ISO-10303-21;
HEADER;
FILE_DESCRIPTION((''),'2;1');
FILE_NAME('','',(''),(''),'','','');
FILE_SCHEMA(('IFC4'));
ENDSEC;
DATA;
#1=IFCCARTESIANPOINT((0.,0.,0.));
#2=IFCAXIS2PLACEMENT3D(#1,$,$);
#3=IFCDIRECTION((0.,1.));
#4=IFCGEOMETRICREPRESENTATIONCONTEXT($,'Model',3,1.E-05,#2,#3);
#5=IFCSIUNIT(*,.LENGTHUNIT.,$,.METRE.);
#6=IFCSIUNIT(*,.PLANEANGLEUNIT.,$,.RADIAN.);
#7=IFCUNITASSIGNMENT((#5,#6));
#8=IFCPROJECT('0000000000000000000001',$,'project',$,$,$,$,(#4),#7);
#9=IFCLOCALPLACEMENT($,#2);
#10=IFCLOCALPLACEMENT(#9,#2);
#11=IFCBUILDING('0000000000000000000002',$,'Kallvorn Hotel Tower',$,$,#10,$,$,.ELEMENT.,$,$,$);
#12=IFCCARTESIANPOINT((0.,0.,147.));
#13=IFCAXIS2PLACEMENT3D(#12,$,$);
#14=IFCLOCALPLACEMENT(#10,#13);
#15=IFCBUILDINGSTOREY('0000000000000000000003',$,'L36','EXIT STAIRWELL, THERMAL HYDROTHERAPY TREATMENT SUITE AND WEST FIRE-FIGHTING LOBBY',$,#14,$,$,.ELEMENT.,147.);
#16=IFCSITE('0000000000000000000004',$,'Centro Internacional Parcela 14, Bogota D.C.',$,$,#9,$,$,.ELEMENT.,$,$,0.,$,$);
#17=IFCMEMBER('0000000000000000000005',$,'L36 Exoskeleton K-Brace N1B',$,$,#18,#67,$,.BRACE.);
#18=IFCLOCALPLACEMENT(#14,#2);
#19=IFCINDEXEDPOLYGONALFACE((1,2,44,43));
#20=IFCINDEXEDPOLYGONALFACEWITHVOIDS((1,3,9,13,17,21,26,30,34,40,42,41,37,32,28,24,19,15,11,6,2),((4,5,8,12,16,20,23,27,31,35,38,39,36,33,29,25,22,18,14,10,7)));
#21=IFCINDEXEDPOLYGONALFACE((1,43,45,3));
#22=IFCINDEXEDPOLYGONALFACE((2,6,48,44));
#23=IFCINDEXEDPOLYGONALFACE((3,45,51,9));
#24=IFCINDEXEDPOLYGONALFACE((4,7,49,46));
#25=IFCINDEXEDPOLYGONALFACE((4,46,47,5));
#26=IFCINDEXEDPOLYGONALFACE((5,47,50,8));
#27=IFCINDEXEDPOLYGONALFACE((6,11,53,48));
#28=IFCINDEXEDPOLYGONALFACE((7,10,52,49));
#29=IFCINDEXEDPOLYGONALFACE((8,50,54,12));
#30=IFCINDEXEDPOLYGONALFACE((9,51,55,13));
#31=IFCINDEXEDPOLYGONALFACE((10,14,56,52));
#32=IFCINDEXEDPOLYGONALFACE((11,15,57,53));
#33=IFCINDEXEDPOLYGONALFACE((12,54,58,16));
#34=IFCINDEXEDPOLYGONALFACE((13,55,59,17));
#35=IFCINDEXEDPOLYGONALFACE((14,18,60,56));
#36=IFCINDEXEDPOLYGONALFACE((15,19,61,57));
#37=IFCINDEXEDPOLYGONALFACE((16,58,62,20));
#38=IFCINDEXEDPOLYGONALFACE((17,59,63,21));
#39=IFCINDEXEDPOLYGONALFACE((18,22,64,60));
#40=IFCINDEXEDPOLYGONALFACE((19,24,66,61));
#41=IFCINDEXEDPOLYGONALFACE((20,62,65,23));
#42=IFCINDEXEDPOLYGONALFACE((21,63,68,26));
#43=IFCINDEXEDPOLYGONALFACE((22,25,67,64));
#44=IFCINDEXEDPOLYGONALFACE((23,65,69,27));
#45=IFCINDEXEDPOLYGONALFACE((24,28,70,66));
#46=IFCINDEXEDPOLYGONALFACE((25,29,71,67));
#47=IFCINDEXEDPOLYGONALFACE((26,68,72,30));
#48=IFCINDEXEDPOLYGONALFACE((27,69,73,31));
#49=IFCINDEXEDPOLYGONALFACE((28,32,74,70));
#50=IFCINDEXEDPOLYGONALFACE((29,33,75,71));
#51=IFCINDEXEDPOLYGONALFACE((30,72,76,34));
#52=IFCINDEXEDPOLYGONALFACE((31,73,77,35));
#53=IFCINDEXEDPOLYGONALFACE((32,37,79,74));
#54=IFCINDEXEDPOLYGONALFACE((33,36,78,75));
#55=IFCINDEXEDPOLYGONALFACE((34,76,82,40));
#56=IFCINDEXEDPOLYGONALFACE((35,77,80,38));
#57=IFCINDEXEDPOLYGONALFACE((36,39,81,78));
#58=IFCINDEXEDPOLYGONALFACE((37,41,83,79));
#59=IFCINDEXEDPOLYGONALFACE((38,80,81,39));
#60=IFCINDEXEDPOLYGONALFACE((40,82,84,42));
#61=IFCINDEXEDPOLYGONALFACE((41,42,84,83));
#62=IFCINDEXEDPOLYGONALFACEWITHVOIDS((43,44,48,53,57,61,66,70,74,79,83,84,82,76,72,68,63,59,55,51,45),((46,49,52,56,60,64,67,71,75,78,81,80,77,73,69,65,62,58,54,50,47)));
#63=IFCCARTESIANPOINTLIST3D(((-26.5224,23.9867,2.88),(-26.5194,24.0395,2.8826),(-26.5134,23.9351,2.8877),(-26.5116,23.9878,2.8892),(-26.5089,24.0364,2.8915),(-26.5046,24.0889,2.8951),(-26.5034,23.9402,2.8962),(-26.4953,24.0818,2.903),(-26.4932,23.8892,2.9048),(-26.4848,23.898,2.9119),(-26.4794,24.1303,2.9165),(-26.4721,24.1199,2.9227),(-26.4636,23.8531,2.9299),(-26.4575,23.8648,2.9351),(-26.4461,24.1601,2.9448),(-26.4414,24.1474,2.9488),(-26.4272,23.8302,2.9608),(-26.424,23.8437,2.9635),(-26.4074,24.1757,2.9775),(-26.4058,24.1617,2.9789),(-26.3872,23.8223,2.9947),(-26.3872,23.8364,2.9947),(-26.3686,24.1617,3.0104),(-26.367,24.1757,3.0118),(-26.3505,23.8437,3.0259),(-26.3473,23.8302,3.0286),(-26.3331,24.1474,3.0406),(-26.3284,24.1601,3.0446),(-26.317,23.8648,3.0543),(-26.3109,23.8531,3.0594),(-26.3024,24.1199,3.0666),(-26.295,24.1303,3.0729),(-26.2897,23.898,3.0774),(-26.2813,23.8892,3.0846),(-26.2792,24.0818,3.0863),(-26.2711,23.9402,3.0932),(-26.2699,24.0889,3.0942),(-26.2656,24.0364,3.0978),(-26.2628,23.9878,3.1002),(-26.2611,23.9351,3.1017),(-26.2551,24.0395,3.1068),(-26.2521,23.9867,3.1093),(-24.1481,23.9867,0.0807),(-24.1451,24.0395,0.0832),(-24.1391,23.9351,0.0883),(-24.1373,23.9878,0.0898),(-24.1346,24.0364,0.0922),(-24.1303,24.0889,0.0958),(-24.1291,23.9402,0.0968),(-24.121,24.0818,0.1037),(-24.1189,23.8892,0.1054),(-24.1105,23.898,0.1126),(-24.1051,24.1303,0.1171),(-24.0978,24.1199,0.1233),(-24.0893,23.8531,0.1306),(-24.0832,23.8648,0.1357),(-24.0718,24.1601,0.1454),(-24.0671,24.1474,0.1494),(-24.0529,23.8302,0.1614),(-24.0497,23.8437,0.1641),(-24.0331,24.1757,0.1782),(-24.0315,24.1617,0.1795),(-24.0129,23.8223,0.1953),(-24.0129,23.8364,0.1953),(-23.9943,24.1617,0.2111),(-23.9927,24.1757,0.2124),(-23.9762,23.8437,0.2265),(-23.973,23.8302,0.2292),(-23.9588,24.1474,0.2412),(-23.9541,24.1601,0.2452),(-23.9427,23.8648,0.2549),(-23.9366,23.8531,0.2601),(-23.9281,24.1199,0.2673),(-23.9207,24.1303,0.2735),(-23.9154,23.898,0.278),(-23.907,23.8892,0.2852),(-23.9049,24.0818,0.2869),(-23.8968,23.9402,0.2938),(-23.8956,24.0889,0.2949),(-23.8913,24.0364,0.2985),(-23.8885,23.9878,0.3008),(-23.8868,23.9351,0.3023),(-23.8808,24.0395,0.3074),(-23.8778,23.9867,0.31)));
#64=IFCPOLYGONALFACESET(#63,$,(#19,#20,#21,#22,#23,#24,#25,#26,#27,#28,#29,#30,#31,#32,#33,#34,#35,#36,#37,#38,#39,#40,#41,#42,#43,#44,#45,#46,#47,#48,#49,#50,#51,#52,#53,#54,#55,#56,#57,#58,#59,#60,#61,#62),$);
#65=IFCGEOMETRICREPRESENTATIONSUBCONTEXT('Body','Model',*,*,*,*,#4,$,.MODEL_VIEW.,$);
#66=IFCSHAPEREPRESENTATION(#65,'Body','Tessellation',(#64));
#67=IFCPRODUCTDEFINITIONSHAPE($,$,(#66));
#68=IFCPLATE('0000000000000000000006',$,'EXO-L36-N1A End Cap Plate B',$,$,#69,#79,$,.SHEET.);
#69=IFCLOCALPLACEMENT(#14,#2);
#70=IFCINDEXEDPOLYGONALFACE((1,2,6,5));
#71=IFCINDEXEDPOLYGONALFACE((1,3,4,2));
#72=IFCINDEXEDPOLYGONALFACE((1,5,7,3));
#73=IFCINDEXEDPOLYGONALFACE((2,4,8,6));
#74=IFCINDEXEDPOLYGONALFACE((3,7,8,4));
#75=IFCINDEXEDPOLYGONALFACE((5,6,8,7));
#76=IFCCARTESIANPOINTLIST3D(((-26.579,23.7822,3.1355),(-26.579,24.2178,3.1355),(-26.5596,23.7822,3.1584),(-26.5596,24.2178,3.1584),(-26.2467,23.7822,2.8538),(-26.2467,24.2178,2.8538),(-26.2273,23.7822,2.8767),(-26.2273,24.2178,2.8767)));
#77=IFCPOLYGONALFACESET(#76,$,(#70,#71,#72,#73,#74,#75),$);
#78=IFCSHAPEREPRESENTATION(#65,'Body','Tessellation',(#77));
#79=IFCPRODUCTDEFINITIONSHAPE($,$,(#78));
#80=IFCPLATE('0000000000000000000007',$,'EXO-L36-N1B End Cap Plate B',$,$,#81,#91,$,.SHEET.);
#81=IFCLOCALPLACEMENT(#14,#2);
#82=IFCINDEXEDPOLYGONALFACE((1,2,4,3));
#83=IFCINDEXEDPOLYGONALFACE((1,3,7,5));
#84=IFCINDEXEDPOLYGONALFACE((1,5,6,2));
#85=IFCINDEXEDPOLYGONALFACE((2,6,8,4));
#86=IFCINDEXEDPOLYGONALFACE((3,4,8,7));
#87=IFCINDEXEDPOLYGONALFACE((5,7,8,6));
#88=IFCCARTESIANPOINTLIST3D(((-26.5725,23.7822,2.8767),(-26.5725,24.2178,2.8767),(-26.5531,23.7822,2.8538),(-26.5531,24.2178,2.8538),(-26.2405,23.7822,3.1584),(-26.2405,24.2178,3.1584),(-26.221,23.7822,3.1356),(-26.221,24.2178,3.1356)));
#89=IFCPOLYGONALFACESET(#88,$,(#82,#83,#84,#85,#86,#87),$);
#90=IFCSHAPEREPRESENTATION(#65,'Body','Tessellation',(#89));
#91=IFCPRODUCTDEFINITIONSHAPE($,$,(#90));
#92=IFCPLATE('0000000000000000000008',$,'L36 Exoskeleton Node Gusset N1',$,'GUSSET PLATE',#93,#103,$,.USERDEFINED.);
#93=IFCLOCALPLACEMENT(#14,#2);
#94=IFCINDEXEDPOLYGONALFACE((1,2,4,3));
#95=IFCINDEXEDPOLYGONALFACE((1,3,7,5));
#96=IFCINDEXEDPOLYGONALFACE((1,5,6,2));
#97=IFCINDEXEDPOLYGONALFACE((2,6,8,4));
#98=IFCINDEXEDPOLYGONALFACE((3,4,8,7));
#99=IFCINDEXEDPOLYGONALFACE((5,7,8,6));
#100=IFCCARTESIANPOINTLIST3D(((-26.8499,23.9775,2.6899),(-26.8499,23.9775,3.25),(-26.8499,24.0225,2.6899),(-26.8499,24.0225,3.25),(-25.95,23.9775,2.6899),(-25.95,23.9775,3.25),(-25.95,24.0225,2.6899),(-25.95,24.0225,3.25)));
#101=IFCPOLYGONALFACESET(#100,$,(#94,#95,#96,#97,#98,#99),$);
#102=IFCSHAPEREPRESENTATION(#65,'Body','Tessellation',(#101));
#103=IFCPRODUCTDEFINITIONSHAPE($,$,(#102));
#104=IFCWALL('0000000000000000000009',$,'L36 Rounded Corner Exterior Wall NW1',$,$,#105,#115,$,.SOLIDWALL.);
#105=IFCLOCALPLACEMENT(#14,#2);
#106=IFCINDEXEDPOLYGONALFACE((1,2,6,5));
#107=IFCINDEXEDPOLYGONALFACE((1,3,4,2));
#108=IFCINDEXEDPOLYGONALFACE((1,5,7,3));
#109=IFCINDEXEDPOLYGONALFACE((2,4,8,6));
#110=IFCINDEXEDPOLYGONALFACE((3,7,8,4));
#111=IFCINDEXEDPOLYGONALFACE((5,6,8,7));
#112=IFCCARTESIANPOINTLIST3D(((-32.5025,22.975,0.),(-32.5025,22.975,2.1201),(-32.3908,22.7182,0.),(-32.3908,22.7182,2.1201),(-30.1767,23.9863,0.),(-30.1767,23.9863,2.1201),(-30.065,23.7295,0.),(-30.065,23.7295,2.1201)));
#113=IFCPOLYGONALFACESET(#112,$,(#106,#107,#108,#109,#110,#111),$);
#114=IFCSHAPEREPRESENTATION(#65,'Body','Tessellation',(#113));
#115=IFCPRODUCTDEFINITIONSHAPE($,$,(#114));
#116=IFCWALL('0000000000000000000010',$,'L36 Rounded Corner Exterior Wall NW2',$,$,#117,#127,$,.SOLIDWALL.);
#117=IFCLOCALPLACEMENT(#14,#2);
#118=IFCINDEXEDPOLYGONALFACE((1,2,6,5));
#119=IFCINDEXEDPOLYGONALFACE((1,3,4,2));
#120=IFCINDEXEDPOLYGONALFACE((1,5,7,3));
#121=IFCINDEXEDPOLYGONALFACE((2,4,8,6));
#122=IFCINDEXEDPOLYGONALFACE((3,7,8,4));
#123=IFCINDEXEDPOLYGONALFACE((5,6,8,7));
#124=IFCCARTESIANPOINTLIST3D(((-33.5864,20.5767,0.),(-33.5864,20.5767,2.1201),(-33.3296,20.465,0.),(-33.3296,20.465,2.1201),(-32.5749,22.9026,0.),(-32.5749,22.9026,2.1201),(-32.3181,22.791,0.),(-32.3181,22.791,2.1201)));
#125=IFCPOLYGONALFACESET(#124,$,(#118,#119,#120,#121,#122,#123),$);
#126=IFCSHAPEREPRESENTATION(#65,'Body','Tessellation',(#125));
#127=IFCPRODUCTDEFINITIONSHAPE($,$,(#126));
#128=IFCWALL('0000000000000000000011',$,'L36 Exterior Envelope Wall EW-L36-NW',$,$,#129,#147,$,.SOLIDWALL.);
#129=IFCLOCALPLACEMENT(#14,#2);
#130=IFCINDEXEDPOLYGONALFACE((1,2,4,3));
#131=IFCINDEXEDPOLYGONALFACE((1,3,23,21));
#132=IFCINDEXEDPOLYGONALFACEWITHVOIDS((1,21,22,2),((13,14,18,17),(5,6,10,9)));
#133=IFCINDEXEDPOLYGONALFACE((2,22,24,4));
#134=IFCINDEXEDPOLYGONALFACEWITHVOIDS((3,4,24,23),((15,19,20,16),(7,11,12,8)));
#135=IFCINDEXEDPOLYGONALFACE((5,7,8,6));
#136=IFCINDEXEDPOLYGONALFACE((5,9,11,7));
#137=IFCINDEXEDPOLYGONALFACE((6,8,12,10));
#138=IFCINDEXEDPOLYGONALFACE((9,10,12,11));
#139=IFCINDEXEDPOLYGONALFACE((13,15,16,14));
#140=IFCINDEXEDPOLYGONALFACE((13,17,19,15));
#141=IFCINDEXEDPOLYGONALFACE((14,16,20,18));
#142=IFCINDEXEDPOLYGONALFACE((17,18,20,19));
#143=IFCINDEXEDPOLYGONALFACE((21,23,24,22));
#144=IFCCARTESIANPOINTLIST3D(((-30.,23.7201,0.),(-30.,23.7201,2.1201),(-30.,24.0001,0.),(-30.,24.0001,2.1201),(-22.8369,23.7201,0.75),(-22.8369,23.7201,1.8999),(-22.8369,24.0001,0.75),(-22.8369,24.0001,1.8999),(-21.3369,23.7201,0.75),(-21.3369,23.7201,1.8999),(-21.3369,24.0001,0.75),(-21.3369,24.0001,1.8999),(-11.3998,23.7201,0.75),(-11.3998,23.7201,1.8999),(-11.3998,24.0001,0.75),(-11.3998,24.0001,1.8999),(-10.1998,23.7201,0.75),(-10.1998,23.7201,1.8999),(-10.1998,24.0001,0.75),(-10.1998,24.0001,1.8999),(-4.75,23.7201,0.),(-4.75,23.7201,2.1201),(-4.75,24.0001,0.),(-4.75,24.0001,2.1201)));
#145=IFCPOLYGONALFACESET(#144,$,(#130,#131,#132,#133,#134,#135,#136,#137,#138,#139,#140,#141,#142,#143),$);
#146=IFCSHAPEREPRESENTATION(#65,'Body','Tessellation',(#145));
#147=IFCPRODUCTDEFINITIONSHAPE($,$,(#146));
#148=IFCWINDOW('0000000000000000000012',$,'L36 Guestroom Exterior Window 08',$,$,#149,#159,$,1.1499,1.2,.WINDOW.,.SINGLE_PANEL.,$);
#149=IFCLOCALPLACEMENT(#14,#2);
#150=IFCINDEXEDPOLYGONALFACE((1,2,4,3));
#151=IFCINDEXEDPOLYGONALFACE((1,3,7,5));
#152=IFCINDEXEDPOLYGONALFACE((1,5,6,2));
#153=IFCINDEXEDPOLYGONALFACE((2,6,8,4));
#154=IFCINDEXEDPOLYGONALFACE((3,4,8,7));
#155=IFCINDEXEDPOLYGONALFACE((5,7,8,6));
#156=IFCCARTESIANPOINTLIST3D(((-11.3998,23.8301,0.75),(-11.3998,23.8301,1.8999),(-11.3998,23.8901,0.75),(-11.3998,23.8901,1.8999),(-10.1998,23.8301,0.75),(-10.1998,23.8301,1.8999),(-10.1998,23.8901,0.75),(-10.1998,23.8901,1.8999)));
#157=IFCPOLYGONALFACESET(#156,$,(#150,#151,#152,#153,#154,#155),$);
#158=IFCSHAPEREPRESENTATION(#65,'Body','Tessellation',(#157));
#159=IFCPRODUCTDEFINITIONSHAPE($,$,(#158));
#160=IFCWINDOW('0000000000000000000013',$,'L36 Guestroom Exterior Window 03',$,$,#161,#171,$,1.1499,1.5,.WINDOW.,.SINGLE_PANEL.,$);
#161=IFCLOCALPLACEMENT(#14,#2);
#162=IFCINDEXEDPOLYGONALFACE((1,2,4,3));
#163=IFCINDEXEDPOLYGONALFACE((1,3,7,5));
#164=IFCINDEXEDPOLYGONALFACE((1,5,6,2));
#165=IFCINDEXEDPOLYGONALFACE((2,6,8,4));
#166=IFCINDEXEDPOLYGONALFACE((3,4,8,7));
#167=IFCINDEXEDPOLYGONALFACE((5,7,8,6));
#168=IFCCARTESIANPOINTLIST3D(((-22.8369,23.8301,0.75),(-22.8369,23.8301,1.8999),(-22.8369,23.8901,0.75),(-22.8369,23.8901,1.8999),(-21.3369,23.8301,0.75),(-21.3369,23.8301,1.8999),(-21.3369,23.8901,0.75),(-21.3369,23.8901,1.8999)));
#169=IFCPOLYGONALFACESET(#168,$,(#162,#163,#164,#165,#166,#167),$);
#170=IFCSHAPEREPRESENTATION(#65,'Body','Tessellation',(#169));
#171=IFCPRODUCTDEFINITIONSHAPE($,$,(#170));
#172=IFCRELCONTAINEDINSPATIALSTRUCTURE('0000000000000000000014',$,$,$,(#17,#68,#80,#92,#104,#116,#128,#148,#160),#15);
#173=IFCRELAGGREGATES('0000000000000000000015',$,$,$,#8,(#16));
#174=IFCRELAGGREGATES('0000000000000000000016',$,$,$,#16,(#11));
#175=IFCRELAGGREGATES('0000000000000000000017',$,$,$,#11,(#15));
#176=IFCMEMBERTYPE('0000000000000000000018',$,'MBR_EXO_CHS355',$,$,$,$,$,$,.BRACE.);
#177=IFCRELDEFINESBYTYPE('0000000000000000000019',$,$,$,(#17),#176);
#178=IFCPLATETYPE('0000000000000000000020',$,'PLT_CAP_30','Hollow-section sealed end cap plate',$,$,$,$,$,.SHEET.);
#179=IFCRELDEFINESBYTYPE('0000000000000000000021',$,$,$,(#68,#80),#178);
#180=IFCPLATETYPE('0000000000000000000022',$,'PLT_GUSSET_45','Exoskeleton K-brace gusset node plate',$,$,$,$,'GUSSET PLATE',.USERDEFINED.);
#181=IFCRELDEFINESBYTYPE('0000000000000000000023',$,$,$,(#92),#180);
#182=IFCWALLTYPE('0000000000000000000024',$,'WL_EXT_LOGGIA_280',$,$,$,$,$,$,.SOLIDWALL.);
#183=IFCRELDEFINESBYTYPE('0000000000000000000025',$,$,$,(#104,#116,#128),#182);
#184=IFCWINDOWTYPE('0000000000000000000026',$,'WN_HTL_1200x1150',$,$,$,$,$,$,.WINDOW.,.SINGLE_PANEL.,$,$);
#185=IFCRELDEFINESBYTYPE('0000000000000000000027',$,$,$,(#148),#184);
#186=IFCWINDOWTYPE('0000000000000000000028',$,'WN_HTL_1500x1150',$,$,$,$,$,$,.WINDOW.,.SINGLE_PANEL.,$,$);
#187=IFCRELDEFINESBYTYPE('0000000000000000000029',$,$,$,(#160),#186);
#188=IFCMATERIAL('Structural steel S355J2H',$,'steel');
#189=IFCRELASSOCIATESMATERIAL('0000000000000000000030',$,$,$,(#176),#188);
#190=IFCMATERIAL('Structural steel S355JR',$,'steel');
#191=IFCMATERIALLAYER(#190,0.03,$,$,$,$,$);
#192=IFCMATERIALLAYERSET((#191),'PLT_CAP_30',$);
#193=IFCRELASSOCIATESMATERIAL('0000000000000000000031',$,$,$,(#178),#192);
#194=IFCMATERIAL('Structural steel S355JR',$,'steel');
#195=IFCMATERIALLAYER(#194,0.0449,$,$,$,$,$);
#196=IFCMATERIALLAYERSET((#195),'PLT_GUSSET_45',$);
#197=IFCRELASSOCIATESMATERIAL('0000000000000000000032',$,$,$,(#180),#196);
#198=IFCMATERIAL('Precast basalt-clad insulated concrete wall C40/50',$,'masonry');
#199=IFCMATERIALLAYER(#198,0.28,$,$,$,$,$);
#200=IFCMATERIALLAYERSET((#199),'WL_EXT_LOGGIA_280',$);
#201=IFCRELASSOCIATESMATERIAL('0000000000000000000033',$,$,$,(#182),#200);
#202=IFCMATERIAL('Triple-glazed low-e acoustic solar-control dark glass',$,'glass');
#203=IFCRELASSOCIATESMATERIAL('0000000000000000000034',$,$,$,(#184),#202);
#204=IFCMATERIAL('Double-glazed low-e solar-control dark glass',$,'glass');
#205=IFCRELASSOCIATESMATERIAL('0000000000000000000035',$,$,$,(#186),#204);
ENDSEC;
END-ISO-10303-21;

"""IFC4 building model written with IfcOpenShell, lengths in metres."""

from ifc_helpers import new_model, si_unit, direction, frame, frame_2d, origin, origin_2d, place, context, subcontext, project, spatial, polyline, rectangle, hollow_circle, outline, extrude, material, layer, layer_set, material_profile, profile_set, type_object, element, fill, save


model = new_model("IFC4")

# Units and contexts
model_context = context("Model", 3, precision=1e-05, world=origin(), true_north=direction((0.0, 1.0)))
body_context = subcontext(model_context, "Body", "Model", "MODEL_VIEW")
ifc_project = project(units=[si_unit("LENGTHUNIT", "METRE"), si_unit("PLANEANGLEUNIT", "RADIAN")], contexts=[model_context])

# Site, building, storey
site_placement = place(None, origin())
site = spatial("IfcSite", under=ifc_project, at=site_placement, Name="Centro Internacional Parcela 14, Bogota D.C.", CompositionType="ELEMENT", RefElevation=0.0)
building_placement = place(site_placement, origin())
building = spatial("IfcBuilding", under=site, at=building_placement, Name="Kallvorn Hotel Tower", CompositionType="ELEMENT")
storey_placement = place(building_placement, frame((0.0, 0.0, 147.0)))
storey = spatial("IfcBuildingStorey", under=building, at=storey_placement, Name="L36", Description="EXIT STAIRWELL, THERMAL HYDROTHERAPY TREATMENT SUITE AND WEST FIRE-FIGHTING LOBBY", CompositionType="ELEMENT", Elevation=147.0)

# Member
ifc_material_1 = material(Name="Structural steel S355J2H", Category="steel")
ifc_material_profile_1 = material_profile(ifc_material_1, hollow_circle(Radius=0.1777, WallThickness=0.0142, at=origin_2d()), Name="CHS 355.6x14.2")
ifc_profile_set_1 = profile_set([ifc_material_profile_1], Name="Structural steel S355J2H")
member_type_1 = type_object("IfcMemberType", Name="MBR_EXO_CHS355", PredefinedType="BRACE", material=ifc_profile_set_1)
for number, where, z_axis, x_axis, name in (
    (1, (-24.0129, 24.0, 0.1953), (-0.646833, 0.0, 0.762631), (0.0, -1.0, 0.0), "L36 Exoskeleton K-Brace N1B"),
):
    element("IfcMember", number, at=place(storey_placement, frame(where, z_axis=z_axis, x_axis=x_axis)), inside=storey, type_object=member_type_1, Name=name, PredefinedType="BRACE", context=body_context, shape_type="SweptSolid", body=[
        extrude(hollow_circle(Radius=0.1777, WallThickness=0.0142, at=origin_2d()), origin(), (0.0, 0.0, 1.0), 3.6707),
    ])

# Plates
ifc_material_2 = material(Name="Structural steel S355JR", Category="steel")
ifc_layer_1 = layer(ifc_material_2, 0.03)
ifc_layer_set_1 = layer_set([ifc_layer_1], Name="PLT_CAP_30")
plate_type_1 = type_object("IfcPlateType", Name="PLT_CAP_30", Description="Hollow-section sealed end cap plate", PredefinedType="SHEET", material=ifc_layer_set_1)
plate_1_placement = place(storey_placement, frame((-26.2273, 23.7822, 2.8767), z_axis=(0.646721, 0.0, 0.762727), x_axis=(0.0, 1.0, 0.0)))
element("IfcPlate", 2, at=plate_1_placement, inside=storey, type_object=plate_type_1, Name="EXO-L36-N1A End Cap Plate B", PredefinedType="SHEET", context=body_context, shape_type="SweptSolid", body=[
    extrude(outline(polyline([(0.0, 0.0), (0.4355, 0.0), (0.4355, 0.4356), (0.0, 0.4356), (0.0, 0.0)])), origin(), (0.0, 0.0, -1.0), 0.03),
])
plate_2_placement = place(storey_placement, frame((-26.5725, 24.2178, 2.8767), z_axis=(-0.646997, 0.0, 0.762492), x_axis=(0.0, -1.0, 0.0)))
element("IfcPlate", 3, at=plate_2_placement, inside=storey, type_object=plate_type_1, Name="EXO-L36-N1B End Cap Plate B", PredefinedType="SHEET", context=body_context, shape_type="SweptSolid", body=[
    extrude(outline(polyline([(0.0, 0.0), (0.4355, 0.0), (0.4355, 0.4355), (0.0, 0.4355), (0.0, 0.0)])), origin(), (0.0, 0.0, -1.0), 0.03),
])
ifc_material_3 = material(Name="Structural steel S355JR", Category="steel")
ifc_layer_2 = layer(ifc_material_3, 0.0449)
ifc_layer_set_2 = layer_set([ifc_layer_2], Name="PLT_GUSSET_45")
plate_type_2 = type_object("IfcPlateType", Name="PLT_GUSSET_45", Description="Exoskeleton K-brace gusset node plate", ElementType="GUSSET PLATE", PredefinedType="USERDEFINED", material=ifc_layer_set_2)
plate_3_placement = place(storey_placement, frame((-26.3999, 24.0, 2.6899), z_axis=(0.0, 0.0, 1.0), x_axis=(1.0, 0.0, 0.0)))
element("IfcPlate", 4, at=plate_3_placement, inside=storey, type_object=plate_type_2, Name="L36 Exoskeleton Node Gusset N1", ObjectType="GUSSET PLATE", PredefinedType="USERDEFINED", context=body_context, shape_type="SweptSolid", body=[
    extrude(rectangle(XDim=0.8999, YDim=0.0449, at=origin_2d()), origin(), (0.0, 0.0, 1.0), 0.5601),
])

# Walls
ifc_material_4 = material(Name="Precast basalt-clad insulated concrete wall C40/50", Category="masonry")
ifc_layer_3 = layer(ifc_material_4, 0.28)
ifc_layer_set_3 = layer_set([ifc_layer_3], Name="WL_EXT_LOGGIA_280")
wall_type = type_object("IfcWallType", Name="WL_EXT_LOGGIA_280", PredefinedType="SOLIDWALL", material=ifc_layer_set_3)
wall_1_placement = place(storey_placement, frame((-30.1208, 23.8579, 0.0), z_axis=(0.0, 0.0, 1.0), x_axis=(-0.917061, -0.398747, 0.0)))
element("IfcWall", 5, at=wall_1_placement, inside=storey, type_object=wall_type, Name="L36 Rounded Corner Exterior Wall NW1", PredefinedType="SOLIDWALL", context=body_context, shape_type="SweptSolid", body=[
    extrude(rectangle(XDim=2.5361, YDim=0.28, at=frame_2d((1.2681, 0.0))), origin(), (0.0, 0.0, 1.0), 2.1201),
])
wall_2_placement = place(storey_placement, frame((-32.4465, 22.8467, 0.0), z_axis=(0.0, 0.0, 1.0), x_axis=(-0.398793, -0.917041, 0.0)))
element("IfcWall", 6, at=wall_2_placement, inside=storey, type_object=wall_type, Name="L36 Rounded Corner Exterior Wall NW2", PredefinedType="SOLIDWALL", context=body_context, shape_type="SweptSolid", body=[
    extrude(rectangle(XDim=2.5364, YDim=0.28, at=frame_2d((1.2681, 0.0))), origin(), (0.0, 0.0, 1.0), 2.1201),
])

# Wall, openings, windows
wall_3_placement = place(storey_placement, frame((-30.0, 23.8601, 0.0), z_axis=(0.0, 0.0, 1.0), x_axis=(1.0, 0.0, 0.0)))
wall_3 = element("IfcWall", 7, at=wall_3_placement, inside=storey, type_object=wall_type, Name="L36 Exterior Envelope Wall EW-L36-NW", PredefinedType="SOLIDWALL", context=body_context, shape_type="SweptSolid", body=[
    extrude(rectangle(XDim=25.25, YDim=0.28, at=frame_2d((12.625, 0.0))), origin(), (0.0, 0.0, 1.0), 2.1201),
])
opening_1_placement = place(wall_3_placement, frame((7.1631, 0.0, 0.75)))
opening_1 = element("IfcOpeningElement", 8, at=opening_1_placement, cuts=wall_3, PredefinedType="OPENING", context=body_context, shape_type="SweptSolid", body=[
    extrude(rectangle(XDim=1.5, YDim=1.1499, at=frame_2d((0.75, 0.575))), frame((0.0, 0.155, 0.0), z_axis=(0.0, -1.0, 0.0), x_axis=(1.0, 0.0, 0.0)), (0.0, 0.0, 1.0), 0.3101),
])
opening_2_placement = place(wall_3_placement, frame((18.6001, 0.0, 0.75)))
opening_2 = element("IfcOpeningElement", 9, at=opening_2_placement, cuts=wall_3, PredefinedType="OPENING", context=body_context, shape_type="SweptSolid", body=[
    extrude(rectangle(XDim=1.2, YDim=1.1499, at=frame_2d((0.6001, 0.575))), frame((0.0, 0.155, 0.0), z_axis=(0.0, -1.0, 0.0), x_axis=(1.0, 0.0, 0.0)), (0.0, 0.0, 1.0), 0.3101),
])
ifc_material_5 = material(Name="Triple-glazed low-e acoustic solar-control dark glass", Category="glass")
window_type_1 = type_object("IfcWindowType", Name="WN_HTL_1200x1150", PartitioningType="SINGLE_PANEL", PredefinedType="WINDOW", material=ifc_material_5)
window_1_placement = place(opening_2_placement, origin())
window_1 = element("IfcWindow", 10, at=window_1_placement, inside=storey, type_object=window_type_1, Name="L36 Guestroom Exterior Window 08", OverallHeight=1.1499, OverallWidth=1.2, PartitioningType="SINGLE_PANEL", PredefinedType="WINDOW", context=body_context, shape_type="SweptSolid", body=[
    extrude(rectangle(XDim=1.2, YDim=1.1499, at=frame_2d((0.6001, 0.575))), frame((0.0, 0.03, 0.0), z_axis=(0.0, -1.0, 0.0), x_axis=(1.0, 0.0, 0.0)), (0.0, 0.0, 1.0), 0.0601),
])
fill(opening_2, window_1)
ifc_material_6 = material(Name="Double-glazed low-e solar-control dark glass", Category="glass")
window_type_2 = type_object("IfcWindowType", Name="WN_HTL_1500x1150", PartitioningType="SINGLE_PANEL", PredefinedType="WINDOW", material=ifc_material_6)
window_2_placement = place(opening_1_placement, origin())
window_2 = element("IfcWindow", 11, at=window_2_placement, inside=storey, type_object=window_type_2, Name="L36 Guestroom Exterior Window 03", OverallHeight=1.1499, OverallWidth=1.5, PartitioningType="SINGLE_PANEL", PredefinedType="WINDOW", context=body_context, shape_type="SweptSolid", body=[
    extrude(rectangle(XDim=1.5, YDim=1.1499, at=frame_2d((0.75, 0.575))), frame((0.0, 0.03, 0.0), z_axis=(0.0, -1.0, 0.0), x_axis=(1.0, 0.0, 0.0)), (0.0, 0.0, 1.0), 0.0601),
])
fill(opening_1, window_2)

save(model, "model.ifc")
